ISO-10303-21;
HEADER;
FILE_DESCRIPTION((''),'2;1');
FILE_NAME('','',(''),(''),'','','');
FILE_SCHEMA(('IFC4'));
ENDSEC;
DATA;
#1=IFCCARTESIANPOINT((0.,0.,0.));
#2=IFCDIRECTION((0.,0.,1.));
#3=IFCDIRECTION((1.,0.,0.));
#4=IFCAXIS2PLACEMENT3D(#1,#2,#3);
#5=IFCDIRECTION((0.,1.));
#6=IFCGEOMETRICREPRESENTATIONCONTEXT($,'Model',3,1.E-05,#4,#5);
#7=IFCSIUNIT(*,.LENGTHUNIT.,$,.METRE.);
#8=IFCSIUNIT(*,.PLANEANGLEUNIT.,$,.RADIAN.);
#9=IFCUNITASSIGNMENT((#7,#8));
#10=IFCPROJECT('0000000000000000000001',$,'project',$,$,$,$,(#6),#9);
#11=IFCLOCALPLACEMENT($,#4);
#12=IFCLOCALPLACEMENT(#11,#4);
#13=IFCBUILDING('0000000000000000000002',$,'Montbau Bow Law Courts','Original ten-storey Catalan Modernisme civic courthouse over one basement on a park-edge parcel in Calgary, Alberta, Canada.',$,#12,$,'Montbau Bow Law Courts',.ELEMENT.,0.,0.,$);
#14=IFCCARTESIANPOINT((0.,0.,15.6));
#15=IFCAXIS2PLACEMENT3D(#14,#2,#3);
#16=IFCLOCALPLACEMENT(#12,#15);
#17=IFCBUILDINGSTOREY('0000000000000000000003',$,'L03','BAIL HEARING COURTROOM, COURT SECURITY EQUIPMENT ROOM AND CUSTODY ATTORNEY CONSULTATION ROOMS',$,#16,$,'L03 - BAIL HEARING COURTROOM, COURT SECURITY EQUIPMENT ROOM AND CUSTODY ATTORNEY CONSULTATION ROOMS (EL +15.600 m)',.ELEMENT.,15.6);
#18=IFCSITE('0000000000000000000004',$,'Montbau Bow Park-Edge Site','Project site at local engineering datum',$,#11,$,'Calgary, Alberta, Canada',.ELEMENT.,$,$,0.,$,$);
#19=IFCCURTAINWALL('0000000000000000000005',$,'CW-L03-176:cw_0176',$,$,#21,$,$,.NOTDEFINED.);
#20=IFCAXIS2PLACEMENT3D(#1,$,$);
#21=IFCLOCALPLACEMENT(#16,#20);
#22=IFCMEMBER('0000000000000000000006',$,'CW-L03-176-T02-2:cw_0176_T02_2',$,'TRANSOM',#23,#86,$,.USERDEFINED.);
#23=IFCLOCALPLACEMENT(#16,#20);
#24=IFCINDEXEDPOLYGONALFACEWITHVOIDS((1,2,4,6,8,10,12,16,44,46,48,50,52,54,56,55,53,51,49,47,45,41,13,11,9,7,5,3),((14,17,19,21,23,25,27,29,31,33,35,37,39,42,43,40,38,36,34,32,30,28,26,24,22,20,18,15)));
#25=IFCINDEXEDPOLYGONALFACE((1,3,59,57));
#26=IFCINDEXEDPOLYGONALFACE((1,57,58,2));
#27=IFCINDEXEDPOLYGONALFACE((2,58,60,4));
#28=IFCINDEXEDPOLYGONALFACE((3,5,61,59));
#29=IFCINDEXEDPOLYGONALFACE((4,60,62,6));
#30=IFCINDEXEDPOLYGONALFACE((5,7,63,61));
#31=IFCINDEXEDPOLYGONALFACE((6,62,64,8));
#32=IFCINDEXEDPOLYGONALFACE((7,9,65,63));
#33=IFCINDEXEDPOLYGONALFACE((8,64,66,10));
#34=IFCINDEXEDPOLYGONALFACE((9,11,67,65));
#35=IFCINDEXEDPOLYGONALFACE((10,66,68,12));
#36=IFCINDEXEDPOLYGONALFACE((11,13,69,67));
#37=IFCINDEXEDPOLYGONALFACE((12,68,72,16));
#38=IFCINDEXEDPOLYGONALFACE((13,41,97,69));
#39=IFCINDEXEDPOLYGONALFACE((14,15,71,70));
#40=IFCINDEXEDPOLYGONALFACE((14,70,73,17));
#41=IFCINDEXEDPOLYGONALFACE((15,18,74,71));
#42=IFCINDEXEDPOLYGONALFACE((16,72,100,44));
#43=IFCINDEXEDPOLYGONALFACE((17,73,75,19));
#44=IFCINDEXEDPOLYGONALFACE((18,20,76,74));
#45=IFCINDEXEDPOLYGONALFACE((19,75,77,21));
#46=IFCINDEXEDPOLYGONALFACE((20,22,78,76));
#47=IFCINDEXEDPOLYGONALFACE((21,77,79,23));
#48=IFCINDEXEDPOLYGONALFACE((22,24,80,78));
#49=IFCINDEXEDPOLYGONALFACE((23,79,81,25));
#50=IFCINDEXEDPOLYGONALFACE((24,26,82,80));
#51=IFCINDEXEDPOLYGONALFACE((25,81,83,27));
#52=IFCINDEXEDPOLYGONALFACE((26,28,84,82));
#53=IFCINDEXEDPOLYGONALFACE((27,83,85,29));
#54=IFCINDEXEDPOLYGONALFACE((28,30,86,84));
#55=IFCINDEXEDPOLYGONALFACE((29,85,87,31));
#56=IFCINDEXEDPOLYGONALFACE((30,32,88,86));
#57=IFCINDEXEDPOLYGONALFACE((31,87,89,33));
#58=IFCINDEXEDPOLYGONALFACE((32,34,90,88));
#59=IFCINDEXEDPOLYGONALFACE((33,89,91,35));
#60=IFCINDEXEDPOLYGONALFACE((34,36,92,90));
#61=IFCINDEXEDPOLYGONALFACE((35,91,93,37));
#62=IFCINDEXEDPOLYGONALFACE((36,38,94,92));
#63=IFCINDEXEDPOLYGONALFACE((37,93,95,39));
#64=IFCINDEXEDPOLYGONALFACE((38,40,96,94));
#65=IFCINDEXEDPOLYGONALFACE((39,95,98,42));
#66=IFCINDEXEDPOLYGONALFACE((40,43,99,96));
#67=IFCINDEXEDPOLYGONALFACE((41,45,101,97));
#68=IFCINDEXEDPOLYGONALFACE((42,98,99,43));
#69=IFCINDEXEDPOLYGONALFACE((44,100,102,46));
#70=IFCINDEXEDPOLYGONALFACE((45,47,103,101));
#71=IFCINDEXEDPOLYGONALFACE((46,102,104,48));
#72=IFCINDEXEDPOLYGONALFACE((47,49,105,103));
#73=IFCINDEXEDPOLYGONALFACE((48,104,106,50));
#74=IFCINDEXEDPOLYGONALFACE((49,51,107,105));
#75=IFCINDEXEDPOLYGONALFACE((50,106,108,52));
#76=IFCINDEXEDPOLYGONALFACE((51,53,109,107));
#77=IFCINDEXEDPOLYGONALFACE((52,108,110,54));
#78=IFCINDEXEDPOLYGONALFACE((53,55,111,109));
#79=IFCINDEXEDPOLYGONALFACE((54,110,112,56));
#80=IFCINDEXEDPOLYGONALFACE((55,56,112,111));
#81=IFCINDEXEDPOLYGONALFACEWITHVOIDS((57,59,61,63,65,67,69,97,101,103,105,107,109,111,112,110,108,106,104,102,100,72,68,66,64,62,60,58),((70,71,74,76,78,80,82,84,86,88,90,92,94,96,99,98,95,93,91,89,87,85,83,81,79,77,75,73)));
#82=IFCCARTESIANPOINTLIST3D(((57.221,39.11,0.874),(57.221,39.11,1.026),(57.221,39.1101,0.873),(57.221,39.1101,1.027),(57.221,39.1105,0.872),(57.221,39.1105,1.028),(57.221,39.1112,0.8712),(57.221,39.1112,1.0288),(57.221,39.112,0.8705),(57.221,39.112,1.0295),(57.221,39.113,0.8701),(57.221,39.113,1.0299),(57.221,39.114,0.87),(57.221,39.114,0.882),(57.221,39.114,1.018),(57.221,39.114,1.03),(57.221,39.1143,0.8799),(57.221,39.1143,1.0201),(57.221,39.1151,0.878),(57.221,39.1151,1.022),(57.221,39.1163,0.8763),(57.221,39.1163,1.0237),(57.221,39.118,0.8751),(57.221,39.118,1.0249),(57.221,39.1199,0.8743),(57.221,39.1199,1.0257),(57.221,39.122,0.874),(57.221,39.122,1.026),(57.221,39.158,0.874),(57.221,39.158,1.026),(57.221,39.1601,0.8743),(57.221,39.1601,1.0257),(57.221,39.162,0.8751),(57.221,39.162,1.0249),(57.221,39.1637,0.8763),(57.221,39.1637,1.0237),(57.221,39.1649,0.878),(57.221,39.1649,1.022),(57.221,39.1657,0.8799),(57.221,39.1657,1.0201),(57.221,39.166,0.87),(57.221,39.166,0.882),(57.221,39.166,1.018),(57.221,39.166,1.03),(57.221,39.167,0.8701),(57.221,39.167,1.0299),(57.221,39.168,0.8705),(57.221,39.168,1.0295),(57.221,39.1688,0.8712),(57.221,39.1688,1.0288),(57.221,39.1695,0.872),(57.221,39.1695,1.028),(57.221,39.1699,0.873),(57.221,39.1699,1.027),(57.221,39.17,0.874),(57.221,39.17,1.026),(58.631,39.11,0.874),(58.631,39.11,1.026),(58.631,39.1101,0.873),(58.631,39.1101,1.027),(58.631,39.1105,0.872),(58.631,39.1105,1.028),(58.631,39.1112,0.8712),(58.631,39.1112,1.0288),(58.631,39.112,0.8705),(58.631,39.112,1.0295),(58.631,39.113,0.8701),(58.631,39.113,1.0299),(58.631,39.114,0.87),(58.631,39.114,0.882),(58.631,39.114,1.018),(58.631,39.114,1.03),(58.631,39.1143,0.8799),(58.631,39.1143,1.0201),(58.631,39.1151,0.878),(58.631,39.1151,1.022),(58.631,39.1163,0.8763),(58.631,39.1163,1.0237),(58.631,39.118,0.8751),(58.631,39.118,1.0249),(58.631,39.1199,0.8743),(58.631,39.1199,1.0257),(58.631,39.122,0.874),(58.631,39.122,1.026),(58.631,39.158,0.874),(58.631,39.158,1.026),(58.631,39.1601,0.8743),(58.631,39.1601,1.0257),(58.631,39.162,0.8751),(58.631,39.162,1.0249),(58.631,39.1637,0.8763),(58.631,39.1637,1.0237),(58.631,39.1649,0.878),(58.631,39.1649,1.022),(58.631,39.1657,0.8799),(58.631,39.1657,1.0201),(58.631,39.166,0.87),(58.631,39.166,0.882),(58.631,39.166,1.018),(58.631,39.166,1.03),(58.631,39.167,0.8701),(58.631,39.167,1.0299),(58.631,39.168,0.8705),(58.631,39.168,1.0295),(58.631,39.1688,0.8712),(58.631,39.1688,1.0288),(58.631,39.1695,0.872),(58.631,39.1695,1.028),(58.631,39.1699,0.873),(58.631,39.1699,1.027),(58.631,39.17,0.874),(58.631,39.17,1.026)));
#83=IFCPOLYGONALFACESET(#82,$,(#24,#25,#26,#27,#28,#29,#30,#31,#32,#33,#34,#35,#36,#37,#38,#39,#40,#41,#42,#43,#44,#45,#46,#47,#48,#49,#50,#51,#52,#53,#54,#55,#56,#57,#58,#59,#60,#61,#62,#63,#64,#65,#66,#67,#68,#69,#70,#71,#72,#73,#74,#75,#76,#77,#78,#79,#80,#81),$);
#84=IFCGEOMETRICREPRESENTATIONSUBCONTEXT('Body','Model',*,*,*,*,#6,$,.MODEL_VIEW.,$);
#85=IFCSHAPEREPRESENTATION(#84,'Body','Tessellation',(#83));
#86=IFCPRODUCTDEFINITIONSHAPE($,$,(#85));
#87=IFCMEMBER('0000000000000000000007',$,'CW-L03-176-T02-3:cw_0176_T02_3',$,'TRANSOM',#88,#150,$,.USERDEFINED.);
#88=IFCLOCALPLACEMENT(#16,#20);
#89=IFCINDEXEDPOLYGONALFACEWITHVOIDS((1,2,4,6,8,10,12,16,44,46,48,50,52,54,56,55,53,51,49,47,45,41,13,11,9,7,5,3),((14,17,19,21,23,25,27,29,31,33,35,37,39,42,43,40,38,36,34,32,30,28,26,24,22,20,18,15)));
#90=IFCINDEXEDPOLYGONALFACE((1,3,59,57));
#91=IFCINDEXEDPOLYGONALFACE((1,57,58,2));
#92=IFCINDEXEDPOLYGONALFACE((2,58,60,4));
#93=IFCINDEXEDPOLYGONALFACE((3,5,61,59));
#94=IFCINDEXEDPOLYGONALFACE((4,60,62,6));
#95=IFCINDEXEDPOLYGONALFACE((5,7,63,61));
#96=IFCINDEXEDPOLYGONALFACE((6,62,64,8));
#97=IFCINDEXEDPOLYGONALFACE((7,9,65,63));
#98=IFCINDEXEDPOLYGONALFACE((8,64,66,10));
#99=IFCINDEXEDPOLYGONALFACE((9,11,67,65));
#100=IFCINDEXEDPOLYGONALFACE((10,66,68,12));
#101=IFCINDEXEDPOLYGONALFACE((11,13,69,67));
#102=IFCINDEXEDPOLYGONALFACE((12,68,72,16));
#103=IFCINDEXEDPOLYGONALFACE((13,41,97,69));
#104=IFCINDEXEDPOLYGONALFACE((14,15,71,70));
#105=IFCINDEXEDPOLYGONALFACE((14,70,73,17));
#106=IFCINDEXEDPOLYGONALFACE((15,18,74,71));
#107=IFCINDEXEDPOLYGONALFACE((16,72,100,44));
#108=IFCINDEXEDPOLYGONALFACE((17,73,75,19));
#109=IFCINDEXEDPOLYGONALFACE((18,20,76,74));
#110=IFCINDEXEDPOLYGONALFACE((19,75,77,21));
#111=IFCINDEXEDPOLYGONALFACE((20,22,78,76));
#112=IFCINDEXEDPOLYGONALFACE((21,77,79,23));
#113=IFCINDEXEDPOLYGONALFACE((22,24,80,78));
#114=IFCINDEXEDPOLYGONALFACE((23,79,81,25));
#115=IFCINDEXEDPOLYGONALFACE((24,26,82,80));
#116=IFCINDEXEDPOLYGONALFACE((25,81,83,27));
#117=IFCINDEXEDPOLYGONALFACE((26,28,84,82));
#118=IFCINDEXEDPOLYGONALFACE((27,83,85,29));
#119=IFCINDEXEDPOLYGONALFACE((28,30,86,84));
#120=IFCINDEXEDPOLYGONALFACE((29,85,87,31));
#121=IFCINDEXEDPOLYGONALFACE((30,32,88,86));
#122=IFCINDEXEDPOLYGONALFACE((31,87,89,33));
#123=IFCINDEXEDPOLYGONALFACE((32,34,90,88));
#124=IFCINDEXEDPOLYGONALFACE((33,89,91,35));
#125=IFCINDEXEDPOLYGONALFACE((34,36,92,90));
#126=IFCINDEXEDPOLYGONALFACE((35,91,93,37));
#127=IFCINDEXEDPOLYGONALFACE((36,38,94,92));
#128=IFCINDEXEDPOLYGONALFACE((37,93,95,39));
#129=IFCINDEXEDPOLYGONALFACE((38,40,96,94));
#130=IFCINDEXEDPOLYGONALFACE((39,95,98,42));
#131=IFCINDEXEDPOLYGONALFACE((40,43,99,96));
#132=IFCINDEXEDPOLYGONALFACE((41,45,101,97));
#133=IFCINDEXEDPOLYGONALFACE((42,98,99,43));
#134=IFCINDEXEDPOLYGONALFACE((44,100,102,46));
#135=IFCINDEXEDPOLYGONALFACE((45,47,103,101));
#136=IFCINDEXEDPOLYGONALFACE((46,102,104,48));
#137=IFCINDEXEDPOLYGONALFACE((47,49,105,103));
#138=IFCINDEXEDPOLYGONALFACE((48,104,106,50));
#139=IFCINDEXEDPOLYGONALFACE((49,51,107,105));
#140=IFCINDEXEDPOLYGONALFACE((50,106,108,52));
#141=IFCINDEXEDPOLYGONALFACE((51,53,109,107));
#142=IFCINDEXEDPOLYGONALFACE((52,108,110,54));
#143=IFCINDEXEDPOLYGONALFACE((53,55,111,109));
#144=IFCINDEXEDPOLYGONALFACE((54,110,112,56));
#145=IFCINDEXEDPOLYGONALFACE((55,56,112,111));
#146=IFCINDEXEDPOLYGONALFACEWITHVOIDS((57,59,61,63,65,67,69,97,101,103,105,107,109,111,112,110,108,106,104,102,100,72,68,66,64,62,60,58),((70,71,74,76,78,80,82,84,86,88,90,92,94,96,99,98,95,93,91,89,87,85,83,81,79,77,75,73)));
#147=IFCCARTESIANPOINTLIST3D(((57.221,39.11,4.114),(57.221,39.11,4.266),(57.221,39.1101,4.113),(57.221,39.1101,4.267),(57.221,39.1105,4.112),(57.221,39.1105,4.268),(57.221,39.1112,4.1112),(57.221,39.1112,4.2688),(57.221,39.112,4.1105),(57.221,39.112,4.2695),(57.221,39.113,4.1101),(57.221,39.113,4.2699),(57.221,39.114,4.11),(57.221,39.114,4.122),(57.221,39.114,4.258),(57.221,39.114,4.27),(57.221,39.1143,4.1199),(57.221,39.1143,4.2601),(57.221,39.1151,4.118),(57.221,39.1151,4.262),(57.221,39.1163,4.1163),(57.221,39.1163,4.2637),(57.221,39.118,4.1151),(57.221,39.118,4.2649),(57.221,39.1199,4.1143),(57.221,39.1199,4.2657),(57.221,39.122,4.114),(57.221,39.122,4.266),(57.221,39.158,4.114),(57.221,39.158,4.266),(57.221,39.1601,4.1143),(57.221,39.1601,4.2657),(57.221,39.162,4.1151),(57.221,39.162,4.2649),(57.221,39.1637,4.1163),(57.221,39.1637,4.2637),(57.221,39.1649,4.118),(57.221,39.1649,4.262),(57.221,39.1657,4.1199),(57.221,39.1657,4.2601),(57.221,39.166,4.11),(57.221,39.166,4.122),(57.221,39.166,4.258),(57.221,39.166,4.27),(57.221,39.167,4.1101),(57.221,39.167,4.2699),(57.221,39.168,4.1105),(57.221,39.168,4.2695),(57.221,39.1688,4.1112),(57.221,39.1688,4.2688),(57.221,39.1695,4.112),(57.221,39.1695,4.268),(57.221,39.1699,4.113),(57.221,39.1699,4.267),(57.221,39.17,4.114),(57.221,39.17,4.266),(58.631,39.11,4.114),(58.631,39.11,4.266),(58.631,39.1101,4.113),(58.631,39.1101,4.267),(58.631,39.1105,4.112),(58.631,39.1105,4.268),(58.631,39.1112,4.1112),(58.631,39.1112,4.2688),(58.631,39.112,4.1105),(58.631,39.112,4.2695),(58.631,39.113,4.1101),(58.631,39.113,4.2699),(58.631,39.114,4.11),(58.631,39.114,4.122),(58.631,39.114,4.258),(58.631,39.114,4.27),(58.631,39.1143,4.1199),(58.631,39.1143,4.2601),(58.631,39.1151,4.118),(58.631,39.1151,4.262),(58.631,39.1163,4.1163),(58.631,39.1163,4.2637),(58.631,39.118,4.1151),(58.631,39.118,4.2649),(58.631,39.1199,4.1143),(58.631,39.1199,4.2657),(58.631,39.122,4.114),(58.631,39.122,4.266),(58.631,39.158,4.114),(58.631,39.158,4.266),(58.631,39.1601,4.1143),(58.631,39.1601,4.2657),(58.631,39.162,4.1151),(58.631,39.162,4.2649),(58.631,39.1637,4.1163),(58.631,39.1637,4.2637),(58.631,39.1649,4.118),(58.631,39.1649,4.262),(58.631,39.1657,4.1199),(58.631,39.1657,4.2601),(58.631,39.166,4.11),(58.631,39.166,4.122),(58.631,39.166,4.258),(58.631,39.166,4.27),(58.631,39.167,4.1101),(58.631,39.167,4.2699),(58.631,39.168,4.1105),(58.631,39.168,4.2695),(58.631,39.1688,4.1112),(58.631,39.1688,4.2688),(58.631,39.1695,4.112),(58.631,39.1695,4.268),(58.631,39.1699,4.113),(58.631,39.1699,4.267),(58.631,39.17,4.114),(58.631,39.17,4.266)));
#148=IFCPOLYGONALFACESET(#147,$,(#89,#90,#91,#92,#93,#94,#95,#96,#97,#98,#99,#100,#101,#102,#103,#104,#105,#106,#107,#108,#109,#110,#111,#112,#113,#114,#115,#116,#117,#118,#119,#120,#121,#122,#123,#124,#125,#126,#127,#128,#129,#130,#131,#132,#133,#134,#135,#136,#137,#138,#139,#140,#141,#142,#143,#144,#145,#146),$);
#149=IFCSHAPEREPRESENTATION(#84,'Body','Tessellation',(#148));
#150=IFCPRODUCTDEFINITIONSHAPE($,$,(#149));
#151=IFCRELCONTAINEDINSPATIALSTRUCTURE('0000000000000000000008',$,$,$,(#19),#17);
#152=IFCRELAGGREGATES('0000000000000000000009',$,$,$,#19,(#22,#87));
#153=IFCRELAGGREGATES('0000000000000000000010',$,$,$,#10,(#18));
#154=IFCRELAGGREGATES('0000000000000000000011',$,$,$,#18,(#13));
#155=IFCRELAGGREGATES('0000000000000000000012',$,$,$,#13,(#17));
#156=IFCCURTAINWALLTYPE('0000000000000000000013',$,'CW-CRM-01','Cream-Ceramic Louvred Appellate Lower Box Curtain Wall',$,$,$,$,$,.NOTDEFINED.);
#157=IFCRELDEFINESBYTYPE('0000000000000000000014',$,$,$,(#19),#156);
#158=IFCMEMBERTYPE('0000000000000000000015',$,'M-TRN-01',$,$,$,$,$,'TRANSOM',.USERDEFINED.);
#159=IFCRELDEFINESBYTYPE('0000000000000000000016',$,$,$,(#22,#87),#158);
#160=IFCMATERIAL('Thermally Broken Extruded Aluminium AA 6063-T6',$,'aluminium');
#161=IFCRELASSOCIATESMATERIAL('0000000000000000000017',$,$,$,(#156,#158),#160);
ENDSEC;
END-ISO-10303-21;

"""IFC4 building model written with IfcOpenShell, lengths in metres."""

from ifc_helpers import new_model, si_unit, direction, frame, origin_with_axes, origin_2d_with_axis, place, context, subcontext, project, spatial, hollow_rectangle, extrude, material, material_profile, profile_set, type_object, element, aggregate, save


model = new_model("IFC4")

# Units and contexts
model_context = context("Model", 3, precision=1e-05, world=origin_with_axes(), true_north=direction((0.0, 1.0)))
body_context = subcontext(model_context, "Body", "Model", "MODEL_VIEW")
ifc_project = project(units=[si_unit("LENGTHUNIT", "METRE"), si_unit("PLANEANGLEUNIT", "RADIAN")], contexts=[model_context])

# Site, building, storey
site_placement = place(None, origin_with_axes())
site = spatial("IfcSite", under=ifc_project, at=site_placement, Name="Montbau Bow Park-Edge Site", Description="Project site at local engineering datum", LongName="Calgary, Alberta, Canada", CompositionType="ELEMENT", RefElevation=0.0)
building_placement = place(site_placement, origin_with_axes())
building = spatial("IfcBuilding", under=site, at=building_placement, Name="Montbau Bow Law Courts", Description="Original ten-storey Catalan Modernisme civic courthouse over one basement on a park-edge parcel in Calgary, Alberta, Canada.", LongName="Montbau Bow Law Courts", CompositionType="ELEMENT", ElevationOfRefHeight=0.0, ElevationOfTerrain=0.0)
storey_placement = place(building_placement, frame((0.0, 0.0, 15.6), z_axis=(0.0, 0.0, 1.0), x_axis=(1.0, 0.0, 0.0)))
storey = spatial("IfcBuildingStorey", under=building, at=storey_placement, Name="L03", Description="BAIL HEARING COURTROOM, COURT SECURITY EQUIPMENT ROOM AND CUSTODY ATTORNEY CONSULTATION ROOMS", LongName="L03 - BAIL HEARING COURTROOM, COURT SECURITY EQUIPMENT ROOM AND CUSTODY ATTORNEY CONSULTATION ROOMS (EL +15.600 m)", CompositionType="ELEMENT", Elevation=15.6)

# Curtain wall, members
ifc_material_1 = material(Name="Thermally Broken Extruded Aluminium AA 6063-T6", Category="aluminium")
curtain_wall_type = type_object("IfcCurtainWallType", Name="CW-CRM-01", Description="Cream-Ceramic Louvred Appellate Lower Box Curtain Wall", PredefinedType="NOTDEFINED", material=ifc_material_1)
curtain_wall_placement = place(None, frame((55.715, 39.14, 15.6), z_axis=(0.0, 0.0, 1.0), x_axis=(1.0, 0.0, 0.0)))
curtain_wall = element("IfcCurtainWall", 1, at=curtain_wall_placement, inside=storey, type_object=curtain_wall_type, Name="CW-L03-176:cw_0176", PredefinedType="NOTDEFINED")
ifc_material_profile_1 = material_profile(ifc_material_1, hollow_rectangle(XDim=0.06, YDim=0.16, WallThickness=0.004, InnerFilletRadius=0.008, OuterFilletRadius=0.004, at=origin_2d_with_axis()), Name="CWT-160X60", Category="Main", Priority=0)
ifc_profile_set_1 = profile_set([ifc_material_profile_1], Name="Thermally Broken Extruded Aluminium AA 6063-T6")
member_type_1 = type_object("IfcMemberType", Name="M-TRN-01", ElementType="TRANSOM", PredefinedType="USERDEFINED", material=ifc_profile_set_1)
member_1_placement = place(None, frame((57.221, 39.14, 16.55), z_axis=(1.0, 0.0, 0.0), x_axis=(0.0, 1.0, 0.0)))
member_1 = element("IfcMember", 2, at=member_1_placement, type_object=member_type_1, Name="CW-L03-176-T02-2:cw_0176_T02_2", ObjectType="TRANSOM", PredefinedType="USERDEFINED", context=body_context, shape_type="SweptSolid", body=[
    extrude(hollow_rectangle(XDim=0.06, YDim=0.16, WallThickness=0.004, InnerFilletRadius=0.008, OuterFilletRadius=0.004, at=origin_2d_with_axis()), origin_with_axes(), (0.0, 0.0, 1.0), 1.41),
])
member_2_placement = place(None, frame((57.221, 39.14, 19.79), z_axis=(1.0, 0.0, 0.0), x_axis=(0.0, 1.0, 0.0)))
member_2 = element("IfcMember", 3, at=member_2_placement, type_object=member_type_1, Name="CW-L03-176-T02-3:cw_0176_T02_3", ObjectType="TRANSOM", PredefinedType="USERDEFINED", context=body_context, shape_type="SweptSolid", body=[
    extrude(hollow_rectangle(XDim=0.06, YDim=0.16, WallThickness=0.004, InnerFilletRadius=0.008, OuterFilletRadius=0.004, at=origin_2d_with_axis()), origin_with_axes(), (0.0, 0.0, 1.0), 1.41),
])
aggregate(curtain_wall, [member_1, member_2])

save(model, "model.ifc")
